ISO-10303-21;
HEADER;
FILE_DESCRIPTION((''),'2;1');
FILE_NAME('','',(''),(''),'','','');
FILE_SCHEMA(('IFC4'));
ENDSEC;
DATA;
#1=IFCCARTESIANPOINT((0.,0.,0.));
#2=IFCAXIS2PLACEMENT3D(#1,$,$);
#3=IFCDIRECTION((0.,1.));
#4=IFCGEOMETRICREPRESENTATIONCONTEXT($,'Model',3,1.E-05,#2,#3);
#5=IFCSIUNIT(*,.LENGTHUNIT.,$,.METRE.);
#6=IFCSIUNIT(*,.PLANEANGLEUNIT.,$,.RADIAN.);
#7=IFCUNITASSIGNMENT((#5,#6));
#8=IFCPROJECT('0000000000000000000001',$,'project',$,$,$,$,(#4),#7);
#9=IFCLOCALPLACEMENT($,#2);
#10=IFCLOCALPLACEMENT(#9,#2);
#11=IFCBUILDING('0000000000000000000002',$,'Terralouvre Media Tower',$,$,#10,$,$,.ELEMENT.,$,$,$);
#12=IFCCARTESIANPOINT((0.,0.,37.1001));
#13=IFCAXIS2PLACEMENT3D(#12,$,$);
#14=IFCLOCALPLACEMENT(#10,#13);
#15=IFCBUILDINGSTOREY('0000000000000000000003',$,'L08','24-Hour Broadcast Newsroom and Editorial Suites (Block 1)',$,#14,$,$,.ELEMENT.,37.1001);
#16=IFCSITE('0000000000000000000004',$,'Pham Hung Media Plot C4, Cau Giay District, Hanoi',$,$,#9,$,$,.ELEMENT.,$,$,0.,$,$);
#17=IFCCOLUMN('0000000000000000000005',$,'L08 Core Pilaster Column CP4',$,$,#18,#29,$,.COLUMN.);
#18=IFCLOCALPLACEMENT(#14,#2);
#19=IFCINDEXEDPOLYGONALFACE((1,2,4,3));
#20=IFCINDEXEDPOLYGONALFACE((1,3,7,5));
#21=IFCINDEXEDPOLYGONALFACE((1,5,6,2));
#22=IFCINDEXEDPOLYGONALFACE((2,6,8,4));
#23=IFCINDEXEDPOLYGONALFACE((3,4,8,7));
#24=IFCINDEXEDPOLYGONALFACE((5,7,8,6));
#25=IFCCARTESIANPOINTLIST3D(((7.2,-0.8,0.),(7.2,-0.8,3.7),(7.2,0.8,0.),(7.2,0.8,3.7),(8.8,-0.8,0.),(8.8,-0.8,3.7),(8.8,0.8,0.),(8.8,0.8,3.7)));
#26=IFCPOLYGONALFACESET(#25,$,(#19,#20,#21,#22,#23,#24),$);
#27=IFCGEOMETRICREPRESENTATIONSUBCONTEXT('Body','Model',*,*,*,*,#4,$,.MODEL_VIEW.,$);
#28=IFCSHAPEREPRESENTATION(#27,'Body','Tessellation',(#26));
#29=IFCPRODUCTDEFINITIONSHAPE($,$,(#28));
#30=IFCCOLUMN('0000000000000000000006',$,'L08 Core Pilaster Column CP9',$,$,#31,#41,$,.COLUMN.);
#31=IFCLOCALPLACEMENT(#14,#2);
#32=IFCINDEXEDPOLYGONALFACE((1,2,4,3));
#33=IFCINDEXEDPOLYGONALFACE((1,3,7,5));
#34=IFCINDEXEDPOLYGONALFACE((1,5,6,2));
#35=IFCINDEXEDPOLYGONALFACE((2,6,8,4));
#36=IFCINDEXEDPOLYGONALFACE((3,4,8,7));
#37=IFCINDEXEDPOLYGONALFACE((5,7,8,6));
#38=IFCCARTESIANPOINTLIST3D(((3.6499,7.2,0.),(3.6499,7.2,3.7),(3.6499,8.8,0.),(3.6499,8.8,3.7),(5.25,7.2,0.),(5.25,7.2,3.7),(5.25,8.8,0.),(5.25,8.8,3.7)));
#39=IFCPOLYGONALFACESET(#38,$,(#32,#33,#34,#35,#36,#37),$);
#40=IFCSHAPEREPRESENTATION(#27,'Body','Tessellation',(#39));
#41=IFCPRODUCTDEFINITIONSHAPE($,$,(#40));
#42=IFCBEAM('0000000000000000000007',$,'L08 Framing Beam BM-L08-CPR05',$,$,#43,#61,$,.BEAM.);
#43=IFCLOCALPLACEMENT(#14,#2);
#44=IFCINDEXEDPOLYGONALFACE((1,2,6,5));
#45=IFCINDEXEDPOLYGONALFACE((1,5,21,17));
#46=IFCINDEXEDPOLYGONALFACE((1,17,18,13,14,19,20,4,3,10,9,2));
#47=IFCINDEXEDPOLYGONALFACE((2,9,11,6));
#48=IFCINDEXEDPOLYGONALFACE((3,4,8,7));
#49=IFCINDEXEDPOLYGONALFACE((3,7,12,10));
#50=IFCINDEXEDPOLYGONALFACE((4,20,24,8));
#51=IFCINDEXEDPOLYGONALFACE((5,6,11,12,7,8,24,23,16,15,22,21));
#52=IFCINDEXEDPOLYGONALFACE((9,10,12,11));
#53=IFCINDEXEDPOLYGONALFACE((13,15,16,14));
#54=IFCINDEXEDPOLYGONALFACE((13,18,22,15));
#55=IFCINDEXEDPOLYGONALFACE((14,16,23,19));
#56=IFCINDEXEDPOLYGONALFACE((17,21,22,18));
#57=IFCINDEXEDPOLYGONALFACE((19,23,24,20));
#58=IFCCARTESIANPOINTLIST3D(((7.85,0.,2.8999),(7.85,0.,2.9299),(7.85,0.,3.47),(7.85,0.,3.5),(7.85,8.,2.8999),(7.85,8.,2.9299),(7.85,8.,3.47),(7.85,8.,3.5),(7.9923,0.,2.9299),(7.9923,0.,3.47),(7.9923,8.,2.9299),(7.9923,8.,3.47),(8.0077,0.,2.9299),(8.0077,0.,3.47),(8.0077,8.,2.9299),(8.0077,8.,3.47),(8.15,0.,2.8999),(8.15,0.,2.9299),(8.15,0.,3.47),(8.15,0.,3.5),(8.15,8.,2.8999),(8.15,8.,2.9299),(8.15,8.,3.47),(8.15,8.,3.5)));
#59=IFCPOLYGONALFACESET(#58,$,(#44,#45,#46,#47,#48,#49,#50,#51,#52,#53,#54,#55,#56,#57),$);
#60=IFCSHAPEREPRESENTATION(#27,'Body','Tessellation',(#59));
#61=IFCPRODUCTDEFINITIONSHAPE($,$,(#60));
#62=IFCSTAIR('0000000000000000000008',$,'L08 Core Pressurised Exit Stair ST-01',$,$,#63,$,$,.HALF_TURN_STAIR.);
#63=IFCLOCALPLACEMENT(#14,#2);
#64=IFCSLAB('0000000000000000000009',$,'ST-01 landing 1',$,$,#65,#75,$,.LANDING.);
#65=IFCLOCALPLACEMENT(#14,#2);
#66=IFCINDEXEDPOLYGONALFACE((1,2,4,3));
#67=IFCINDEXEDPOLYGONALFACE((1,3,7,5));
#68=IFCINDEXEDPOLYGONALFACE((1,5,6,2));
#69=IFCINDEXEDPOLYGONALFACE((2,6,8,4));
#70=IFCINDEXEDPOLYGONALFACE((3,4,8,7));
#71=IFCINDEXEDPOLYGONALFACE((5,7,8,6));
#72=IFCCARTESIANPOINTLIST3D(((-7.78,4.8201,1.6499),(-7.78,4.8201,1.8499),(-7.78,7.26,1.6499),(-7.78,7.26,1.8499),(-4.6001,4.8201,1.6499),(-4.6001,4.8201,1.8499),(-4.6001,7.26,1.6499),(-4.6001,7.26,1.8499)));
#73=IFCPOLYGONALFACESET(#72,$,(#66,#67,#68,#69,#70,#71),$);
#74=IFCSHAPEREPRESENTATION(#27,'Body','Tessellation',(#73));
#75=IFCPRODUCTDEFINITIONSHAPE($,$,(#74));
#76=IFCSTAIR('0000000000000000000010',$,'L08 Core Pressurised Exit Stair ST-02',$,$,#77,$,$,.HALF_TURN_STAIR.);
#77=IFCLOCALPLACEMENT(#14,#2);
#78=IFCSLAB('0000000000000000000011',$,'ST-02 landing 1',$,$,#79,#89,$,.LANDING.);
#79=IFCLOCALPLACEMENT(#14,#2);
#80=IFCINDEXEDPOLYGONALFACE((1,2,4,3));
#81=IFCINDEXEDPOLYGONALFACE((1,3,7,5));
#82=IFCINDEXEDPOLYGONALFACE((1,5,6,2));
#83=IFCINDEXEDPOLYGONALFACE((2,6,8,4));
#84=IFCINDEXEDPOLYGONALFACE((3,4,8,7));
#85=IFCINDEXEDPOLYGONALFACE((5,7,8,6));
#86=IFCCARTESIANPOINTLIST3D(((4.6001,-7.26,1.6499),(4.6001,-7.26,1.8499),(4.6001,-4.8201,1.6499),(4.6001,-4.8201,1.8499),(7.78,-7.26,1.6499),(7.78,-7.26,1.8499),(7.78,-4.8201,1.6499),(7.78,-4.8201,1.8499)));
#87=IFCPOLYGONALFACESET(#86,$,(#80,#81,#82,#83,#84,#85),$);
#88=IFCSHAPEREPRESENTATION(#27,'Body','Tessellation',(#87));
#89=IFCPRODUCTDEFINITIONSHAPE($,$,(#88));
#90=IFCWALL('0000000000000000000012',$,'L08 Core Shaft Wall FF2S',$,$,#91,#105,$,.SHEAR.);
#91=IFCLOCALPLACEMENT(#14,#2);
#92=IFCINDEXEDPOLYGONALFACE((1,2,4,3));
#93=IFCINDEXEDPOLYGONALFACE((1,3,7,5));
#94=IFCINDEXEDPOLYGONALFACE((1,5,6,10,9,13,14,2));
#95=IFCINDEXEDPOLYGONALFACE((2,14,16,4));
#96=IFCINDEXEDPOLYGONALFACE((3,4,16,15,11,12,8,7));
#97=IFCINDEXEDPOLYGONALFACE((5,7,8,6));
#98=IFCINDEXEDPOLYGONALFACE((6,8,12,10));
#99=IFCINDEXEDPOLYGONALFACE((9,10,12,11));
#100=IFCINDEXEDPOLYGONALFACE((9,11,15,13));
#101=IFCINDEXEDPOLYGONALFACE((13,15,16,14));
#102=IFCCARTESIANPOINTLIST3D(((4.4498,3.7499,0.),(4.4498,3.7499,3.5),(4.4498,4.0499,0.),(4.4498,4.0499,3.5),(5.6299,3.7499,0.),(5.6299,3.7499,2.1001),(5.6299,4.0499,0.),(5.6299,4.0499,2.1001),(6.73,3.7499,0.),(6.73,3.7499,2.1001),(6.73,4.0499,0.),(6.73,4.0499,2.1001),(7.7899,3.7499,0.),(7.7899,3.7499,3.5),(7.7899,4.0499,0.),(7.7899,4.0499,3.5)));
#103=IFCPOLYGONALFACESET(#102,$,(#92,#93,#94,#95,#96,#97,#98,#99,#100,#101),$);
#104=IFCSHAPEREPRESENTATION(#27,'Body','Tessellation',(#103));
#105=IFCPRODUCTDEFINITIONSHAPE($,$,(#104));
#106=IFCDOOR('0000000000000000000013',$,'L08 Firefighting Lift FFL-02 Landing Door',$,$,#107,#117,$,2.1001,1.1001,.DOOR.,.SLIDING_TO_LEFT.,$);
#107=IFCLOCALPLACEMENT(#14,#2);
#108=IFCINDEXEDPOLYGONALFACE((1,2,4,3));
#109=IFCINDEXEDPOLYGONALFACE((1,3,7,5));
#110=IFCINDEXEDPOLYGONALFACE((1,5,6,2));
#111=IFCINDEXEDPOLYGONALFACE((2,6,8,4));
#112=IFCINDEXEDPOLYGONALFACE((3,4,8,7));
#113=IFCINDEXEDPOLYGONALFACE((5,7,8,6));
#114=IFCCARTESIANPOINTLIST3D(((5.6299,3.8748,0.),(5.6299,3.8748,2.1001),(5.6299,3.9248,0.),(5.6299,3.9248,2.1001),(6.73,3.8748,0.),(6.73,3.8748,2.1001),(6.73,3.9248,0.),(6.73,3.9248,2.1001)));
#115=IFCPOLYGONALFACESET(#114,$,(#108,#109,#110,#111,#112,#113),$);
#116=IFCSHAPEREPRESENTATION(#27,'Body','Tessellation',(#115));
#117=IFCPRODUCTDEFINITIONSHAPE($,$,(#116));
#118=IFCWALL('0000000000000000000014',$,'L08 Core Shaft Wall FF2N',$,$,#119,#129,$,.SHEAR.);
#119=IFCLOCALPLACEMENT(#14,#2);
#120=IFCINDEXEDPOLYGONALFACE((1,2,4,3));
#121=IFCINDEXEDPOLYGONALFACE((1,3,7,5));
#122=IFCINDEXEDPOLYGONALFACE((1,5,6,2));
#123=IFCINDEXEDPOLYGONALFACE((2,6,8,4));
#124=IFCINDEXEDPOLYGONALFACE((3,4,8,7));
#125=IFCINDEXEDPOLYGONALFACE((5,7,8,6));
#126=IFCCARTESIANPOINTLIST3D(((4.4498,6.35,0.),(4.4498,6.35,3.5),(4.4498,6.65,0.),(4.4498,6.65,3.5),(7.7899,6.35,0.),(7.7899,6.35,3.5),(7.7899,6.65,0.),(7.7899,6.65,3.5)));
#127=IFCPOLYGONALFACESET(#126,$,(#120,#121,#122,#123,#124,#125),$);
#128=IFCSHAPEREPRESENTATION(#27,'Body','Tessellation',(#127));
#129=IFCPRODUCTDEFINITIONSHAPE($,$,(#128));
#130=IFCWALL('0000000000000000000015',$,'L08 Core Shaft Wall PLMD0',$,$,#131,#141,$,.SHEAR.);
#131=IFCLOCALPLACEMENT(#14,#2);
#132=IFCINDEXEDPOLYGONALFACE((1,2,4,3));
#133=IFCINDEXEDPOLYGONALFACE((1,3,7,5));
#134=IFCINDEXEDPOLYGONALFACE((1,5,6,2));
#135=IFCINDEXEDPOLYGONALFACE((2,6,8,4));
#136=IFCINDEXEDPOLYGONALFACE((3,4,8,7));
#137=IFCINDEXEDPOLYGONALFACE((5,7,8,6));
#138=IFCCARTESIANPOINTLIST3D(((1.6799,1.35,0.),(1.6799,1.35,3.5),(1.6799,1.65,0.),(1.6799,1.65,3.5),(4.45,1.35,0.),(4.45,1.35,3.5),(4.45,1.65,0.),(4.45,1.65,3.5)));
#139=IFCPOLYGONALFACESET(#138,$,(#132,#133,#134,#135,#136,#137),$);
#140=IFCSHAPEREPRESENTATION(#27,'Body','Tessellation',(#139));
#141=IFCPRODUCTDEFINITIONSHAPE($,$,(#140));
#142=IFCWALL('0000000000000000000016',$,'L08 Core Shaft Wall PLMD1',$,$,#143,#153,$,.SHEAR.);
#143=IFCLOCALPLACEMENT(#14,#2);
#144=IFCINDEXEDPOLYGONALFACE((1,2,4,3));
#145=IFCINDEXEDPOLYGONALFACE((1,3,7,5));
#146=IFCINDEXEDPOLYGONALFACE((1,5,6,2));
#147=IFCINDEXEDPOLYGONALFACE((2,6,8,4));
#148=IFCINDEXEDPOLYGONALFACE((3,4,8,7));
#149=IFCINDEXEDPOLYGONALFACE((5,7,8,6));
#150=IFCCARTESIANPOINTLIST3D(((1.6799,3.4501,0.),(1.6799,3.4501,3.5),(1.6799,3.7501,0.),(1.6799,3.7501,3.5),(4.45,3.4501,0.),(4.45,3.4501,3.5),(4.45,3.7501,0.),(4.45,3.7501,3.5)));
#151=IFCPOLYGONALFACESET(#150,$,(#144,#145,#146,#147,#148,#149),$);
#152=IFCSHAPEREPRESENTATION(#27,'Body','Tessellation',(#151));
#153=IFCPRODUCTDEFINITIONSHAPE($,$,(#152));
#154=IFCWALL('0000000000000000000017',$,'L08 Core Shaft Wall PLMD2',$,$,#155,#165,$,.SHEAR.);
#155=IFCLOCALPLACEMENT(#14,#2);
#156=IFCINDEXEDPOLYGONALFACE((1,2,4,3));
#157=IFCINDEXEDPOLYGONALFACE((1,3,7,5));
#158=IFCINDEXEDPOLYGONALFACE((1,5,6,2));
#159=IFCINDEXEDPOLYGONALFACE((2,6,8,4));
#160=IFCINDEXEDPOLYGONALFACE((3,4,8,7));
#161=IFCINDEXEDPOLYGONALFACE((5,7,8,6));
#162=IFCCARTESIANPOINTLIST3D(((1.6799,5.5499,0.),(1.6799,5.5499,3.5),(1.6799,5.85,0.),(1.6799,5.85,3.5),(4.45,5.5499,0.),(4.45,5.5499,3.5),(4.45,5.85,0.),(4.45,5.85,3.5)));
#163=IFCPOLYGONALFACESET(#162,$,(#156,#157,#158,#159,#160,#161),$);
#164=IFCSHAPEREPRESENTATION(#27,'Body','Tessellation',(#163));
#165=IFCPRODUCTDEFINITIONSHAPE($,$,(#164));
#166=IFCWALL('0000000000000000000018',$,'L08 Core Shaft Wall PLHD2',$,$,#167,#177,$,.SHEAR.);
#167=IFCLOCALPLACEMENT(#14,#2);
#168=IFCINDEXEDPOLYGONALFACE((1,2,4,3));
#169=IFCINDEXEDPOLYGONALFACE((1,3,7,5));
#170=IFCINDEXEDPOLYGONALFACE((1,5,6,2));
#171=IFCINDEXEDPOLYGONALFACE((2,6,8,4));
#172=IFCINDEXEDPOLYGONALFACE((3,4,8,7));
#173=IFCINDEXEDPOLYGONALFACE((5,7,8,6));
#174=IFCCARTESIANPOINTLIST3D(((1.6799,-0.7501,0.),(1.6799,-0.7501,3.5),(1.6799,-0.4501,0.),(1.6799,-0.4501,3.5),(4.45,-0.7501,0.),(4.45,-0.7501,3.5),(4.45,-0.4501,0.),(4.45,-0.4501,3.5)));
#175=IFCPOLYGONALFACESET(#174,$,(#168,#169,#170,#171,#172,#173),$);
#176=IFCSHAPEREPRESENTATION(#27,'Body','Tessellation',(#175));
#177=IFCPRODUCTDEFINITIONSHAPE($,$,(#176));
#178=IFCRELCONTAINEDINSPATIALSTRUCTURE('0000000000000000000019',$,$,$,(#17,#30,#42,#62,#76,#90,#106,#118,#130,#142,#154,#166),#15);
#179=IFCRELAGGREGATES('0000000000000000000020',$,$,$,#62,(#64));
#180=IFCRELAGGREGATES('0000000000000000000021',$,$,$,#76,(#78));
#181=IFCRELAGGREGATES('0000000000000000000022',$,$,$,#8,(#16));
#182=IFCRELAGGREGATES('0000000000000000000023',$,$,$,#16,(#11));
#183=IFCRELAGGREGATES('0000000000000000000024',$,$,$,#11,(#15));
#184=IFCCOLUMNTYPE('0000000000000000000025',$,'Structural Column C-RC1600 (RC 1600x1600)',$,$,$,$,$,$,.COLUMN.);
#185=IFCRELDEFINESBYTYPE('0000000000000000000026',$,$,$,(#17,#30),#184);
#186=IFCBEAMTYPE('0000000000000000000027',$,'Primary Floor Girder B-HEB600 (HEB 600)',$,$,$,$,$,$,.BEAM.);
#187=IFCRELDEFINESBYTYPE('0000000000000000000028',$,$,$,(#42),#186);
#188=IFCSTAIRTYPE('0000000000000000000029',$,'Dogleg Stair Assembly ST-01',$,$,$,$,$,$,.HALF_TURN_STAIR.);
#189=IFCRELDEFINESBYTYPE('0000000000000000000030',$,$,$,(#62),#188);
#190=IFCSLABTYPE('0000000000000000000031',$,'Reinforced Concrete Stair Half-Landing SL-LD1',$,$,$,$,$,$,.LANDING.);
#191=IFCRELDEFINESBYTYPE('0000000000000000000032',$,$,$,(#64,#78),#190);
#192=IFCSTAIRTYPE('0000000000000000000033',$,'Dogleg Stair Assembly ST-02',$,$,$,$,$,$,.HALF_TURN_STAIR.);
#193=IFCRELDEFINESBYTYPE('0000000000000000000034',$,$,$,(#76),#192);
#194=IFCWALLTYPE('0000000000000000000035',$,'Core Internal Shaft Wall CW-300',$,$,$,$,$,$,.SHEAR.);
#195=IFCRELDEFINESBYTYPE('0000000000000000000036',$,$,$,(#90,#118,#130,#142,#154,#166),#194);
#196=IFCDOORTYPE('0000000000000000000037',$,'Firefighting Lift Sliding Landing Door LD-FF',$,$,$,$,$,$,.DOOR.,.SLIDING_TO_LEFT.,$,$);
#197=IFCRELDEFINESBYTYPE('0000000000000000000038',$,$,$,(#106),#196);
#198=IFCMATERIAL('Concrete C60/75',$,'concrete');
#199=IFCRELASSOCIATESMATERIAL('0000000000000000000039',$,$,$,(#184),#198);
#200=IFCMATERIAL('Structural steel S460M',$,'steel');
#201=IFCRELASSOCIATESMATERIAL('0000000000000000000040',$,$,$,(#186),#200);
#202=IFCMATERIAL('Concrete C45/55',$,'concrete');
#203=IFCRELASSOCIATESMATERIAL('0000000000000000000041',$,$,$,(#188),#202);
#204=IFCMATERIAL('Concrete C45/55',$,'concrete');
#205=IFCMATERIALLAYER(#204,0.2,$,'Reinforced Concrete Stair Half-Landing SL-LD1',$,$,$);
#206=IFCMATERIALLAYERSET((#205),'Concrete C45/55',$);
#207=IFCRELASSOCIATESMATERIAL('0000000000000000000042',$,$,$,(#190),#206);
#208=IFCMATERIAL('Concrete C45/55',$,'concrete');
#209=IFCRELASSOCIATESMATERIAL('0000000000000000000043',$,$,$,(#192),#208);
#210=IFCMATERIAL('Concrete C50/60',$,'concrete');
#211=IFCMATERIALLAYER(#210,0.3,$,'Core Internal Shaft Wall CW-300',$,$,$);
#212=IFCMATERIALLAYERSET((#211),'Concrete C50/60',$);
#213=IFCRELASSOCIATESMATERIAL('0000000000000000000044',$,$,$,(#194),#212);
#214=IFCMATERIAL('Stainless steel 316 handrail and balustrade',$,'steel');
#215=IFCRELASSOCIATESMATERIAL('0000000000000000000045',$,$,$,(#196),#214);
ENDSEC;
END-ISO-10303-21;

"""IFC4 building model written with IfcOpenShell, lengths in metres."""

from ifc_helpers import new_model, si_unit, direction, frame, frame_2d, origin, origin_2d, place, context, subcontext, project, spatial, polyline, rectangle, i_section, outline, extrude, material, layer, layer_set, material_profile, profile_set, type_object, element, fill, aggregate, save


model = new_model("IFC4")

# Units and contexts
model_context = context("Model", 3, precision=1e-05, world=origin(), true_north=direction((0.0, 1.0)))
body_context = subcontext(model_context, "Body", "Model", "MODEL_VIEW")
ifc_project = project(units=[si_unit("LENGTHUNIT", "METRE"), si_unit("PLANEANGLEUNIT", "RADIAN")], contexts=[model_context])

# Site, building, storey
site_placement = place(None, origin())
site = spatial("IfcSite", under=ifc_project, at=site_placement, Name="Pham Hung Media Plot C4, Cau Giay District, Hanoi", CompositionType="ELEMENT", RefElevation=0.0)
building_placement = place(site_placement, origin())
building = spatial("IfcBuilding", under=site, at=building_placement, Name="Terralouvre Media Tower", CompositionType="ELEMENT")
storey_placement = place(building_placement, frame((0.0, 0.0, 37.1001)))
storey = spatial("IfcBuildingStorey", under=building, at=storey_placement, Name="L08", Description="24-Hour Broadcast Newsroom and Editorial Suites (Block 1)", CompositionType="ELEMENT", Elevation=37.1001)

# Columns
ifc_material_1 = material(Name="Concrete C60/75", Category="concrete")
ifc_material_profile_1 = material_profile(ifc_material_1, rectangle(XDim=1.6001, YDim=1.6001, at=origin_2d()), Name="RC 1600x1600")
ifc_profile_set_1 = profile_set([ifc_material_profile_1], Name="Concrete C60/75")
column_type = type_object("IfcColumnType", Name="Structural Column C-RC1600 (RC 1600x1600)", PredefinedType="COLUMN", material=ifc_profile_set_1)
for number, where, z_axis, x_axis, name in (
    (1, (8.0, 0.0, 0.0), (0.0, 0.0, 1.0), (1.0, 0.0, 0.0), "L08 Core Pilaster Column CP4"),
    (2, (4.45, 8.0, 0.0), (0.0, 0.0, 1.0), (1.0, 0.0, 0.0), "L08 Core Pilaster Column CP9"),
):
    element("IfcColumn", number, at=place(storey_placement, frame(where, z_axis=z_axis, x_axis=x_axis)), inside=storey, type_object=column_type, Name=name, PredefinedType="COLUMN", context=body_context, shape_type="SweptSolid", body=[
        extrude(rectangle(XDim=1.6001, YDim=1.6001, at=origin_2d()), origin(), (0.0, 0.0, 1.0), 3.7),
    ])

# Beam
ifc_material_2 = material(Name="Structural steel S460M", Category="steel")
ifc_material_profile_2 = material_profile(ifc_material_2, i_section(OverallWidth=0.3, OverallDepth=0.6001, WebThickness=0.0154, FlangeThickness=0.03, at=origin_2d()), Name="HEB 600")
ifc_profile_set_2 = profile_set([ifc_material_profile_2], Name="Structural steel S460M")
beam_type = type_object("IfcBeamType", Name="Primary Floor Girder B-HEB600 (HEB 600)", PredefinedType="BEAM", material=ifc_profile_set_2)
beam_placement = place(storey_placement, frame((8.0, 0.0, 3.2), z_axis=(0.0, 1.0, 0.0), x_axis=(-1.0, 0.0, 0.0)))
element("IfcBeam", 3, at=beam_placement, inside=storey, type_object=beam_type, Name="L08 Framing Beam BM-L08-CPR05", PredefinedType="BEAM", context=body_context, shape_type="SweptSolid", body=[
    extrude(i_section(OverallWidth=0.3, OverallDepth=0.6001, WebThickness=0.0154, FlangeThickness=0.03, at=origin_2d()), origin(), (0.0, 0.0, 1.0), 8.0),
])

# Stairs, slabs
ifc_material_3 = material(Name="Concrete C45/55", Category="concrete")
stair_type_1 = type_object("IfcStairType", Name="Dogleg Stair Assembly ST-01", PredefinedType="HALF_TURN_STAIR", material=ifc_material_3)
stair_1_placement = place(storey_placement, origin())
stair_1 = element("IfcStair", 4, at=stair_1_placement, inside=storey, type_object=stair_type_1, Name="L08 Core Pressurised Exit Stair ST-01", PredefinedType="HALF_TURN_STAIR")
ifc_material_4 = material(Name="Concrete C45/55", Category="concrete")
ifc_layer_1 = layer(ifc_material_4, 0.2, Name="Reinforced Concrete Stair Half-Landing SL-LD1")
ifc_layer_set_1 = layer_set([ifc_layer_1], Name="Concrete C45/55")
slab_type = type_object("IfcSlabType", Name="Reinforced Concrete Stair Half-Landing SL-LD1", PredefinedType="LANDING", material=ifc_layer_set_1)
slab_1_placement = place(storey_placement, frame((0.0, 0.0, 1.6499)))
slab_1 = element("IfcSlab", 5, at=slab_1_placement, type_object=slab_type, Name="ST-01 landing 1", PredefinedType="LANDING", context=body_context, shape_type="SweptSolid", body=[
    extrude(outline(polyline([(-4.6001, 4.8201), (-4.6001, 7.26), (-7.78, 7.26), (-7.78, 4.8201), (-4.6001, 4.8201)])), origin(), (0.0, 0.0, 1.0), 0.2),
])
aggregate(stair_1, [slab_1])
ifc_material_5 = material(Name="Concrete C45/55", Category="concrete")
stair_type_2 = type_object("IfcStairType", Name="Dogleg Stair Assembly ST-02", PredefinedType="HALF_TURN_STAIR", material=ifc_material_5)
stair_2_placement = place(storey_placement, origin())
stair_2 = element("IfcStair", 6, at=stair_2_placement, inside=storey, type_object=stair_type_2, Name="L08 Core Pressurised Exit Stair ST-02", PredefinedType="HALF_TURN_STAIR")
slab_2_placement = place(storey_placement, frame((0.0, 0.0, 1.6499)))
slab_2 = element("IfcSlab", 7, at=slab_2_placement, type_object=slab_type, Name="ST-02 landing 1", PredefinedType="LANDING", context=body_context, shape_type="SweptSolid", body=[
    extrude(outline(polyline([(4.6001, -4.8201), (4.6001, -7.26), (7.78, -7.26), (7.78, -4.8201), (4.6001, -4.8201)])), origin(), (0.0, 0.0, 1.0), 0.2),
])
aggregate(stair_2, [slab_2])

# Wall, opening, door
ifc_material_6 = material(Name="Concrete C50/60", Category="concrete")
ifc_layer_2 = layer(ifc_material_6, 0.3, Name="Core Internal Shaft Wall CW-300")
ifc_layer_set_2 = layer_set([ifc_layer_2], Name="Concrete C50/60")
wall_type = type_object("IfcWallType", Name="Core Internal Shaft Wall CW-300", PredefinedType="SHEAR", material=ifc_layer_set_2)
wall_1_placement = place(storey_placement, frame((4.45, 3.8999, 0.0), z_axis=(0.0, 0.0, 1.0), x_axis=(1.0, 0.0, 0.0)))
wall_1 = element("IfcWall", 8, at=wall_1_placement, inside=storey, type_object=wall_type, Name="L08 Core Shaft Wall FF2S", PredefinedType="SHEAR", context=body_context, shape_type="SweptSolid", body=[
    extrude(rectangle(XDim=3.3401, YDim=0.3, at=frame_2d((1.6699, 0.0))), origin(), (0.0, 0.0, 1.0), 3.5),
])
opening_1_placement = place(wall_1_placement, frame((1.1799, 0.0, 0.0)))
opening_1 = element("IfcOpeningElement", 9, at=opening_1_placement, cuts=wall_1, PredefinedType="OPENING", context=body_context, shape_type="SweptSolid", body=[
    extrude(rectangle(XDim=1.1001, YDim=2.1001, at=frame_2d((0.55, 1.05))), frame((0.0, 0.1599, 0.0), z_axis=(0.0, -1.0, 0.0), x_axis=(1.0, 0.0, 0.0)), (0.0, 0.0, 1.0), 0.3201),
])
ifc_material_7 = material(Name="Stainless steel 316 handrail and balustrade", Category="steel")
door_type_1 = type_object("IfcDoorType", Name="Firefighting Lift Sliding Landing Door LD-FF", OperationType="SLIDING_TO_LEFT", PredefinedType="DOOR", material=ifc_material_7)
door_1_placement = place(opening_1_placement, origin())
door_1 = element("IfcDoor", 10, at=door_1_placement, inside=storey, type_object=door_type_1, Name="L08 Firefighting Lift FFL-02 Landing Door", OperationType="SLIDING_TO_LEFT", OverallHeight=2.1001, OverallWidth=1.1001, PredefinedType="DOOR", context=body_context, shape_type="SweptSolid", body=[
    extrude(rectangle(XDim=1.1001, YDim=2.1001, at=frame_2d((0.55, 1.05))), frame((0.0, 0.0249, 0.0), z_axis=(0.0, -1.0, 0.0), x_axis=(1.0, 0.0, 0.0)), (0.0, 0.0, 1.0), 0.05),
])
fill(opening_1, door_1)

# Walls
wall_2_placement = place(storey_placement, frame((4.45, 6.5, 0.0), z_axis=(0.0, 0.0, 1.0), x_axis=(1.0, 0.0, 0.0)))
element("IfcWall", 11, at=wall_2_placement, inside=storey, type_object=wall_type, Name="L08 Core Shaft Wall FF2N", PredefinedType="SHEAR", context=body_context, shape_type="SweptSolid", body=[
    extrude(rectangle(XDim=3.3401, YDim=0.3, at=frame_2d((1.6699, 0.0))), origin(), (0.0, 0.0, 1.0), 3.5),
])
for number, where, z_axis, x_axis, name in (
    (12, (1.6799, 1.5, 0.0), (0.0, 0.0, 1.0), (1.0, 0.0, 0.0), "L08 Core Shaft Wall PLMD0"),
    (13, (1.6799, 3.6001, 0.0), (0.0, 0.0, 1.0), (1.0, 0.0, 0.0), "L08 Core Shaft Wall PLMD1"),
    (14, (1.6799, 5.7, 0.0), (0.0, 0.0, 1.0), (1.0, 0.0, 0.0), "L08 Core Shaft Wall PLMD2"),
    (15, (1.6799, -0.6001, 0.0), (0.0, 0.0, 1.0), (1.0, 0.0, 0.0), "L08 Core Shaft Wall PLHD2"),
):
    element("IfcWall", number, at=place(storey_placement, frame(where, z_axis=z_axis, x_axis=x_axis)), inside=storey, type_object=wall_type, Name=name, PredefinedType="SHEAR", context=body_context, shape_type="SweptSolid", body=[
        extrude(rectangle(XDim=2.77, YDim=0.3, at=frame_2d((1.385, 0.0))), origin(), (0.0, 0.0, 1.0), 3.5),
    ])

save(model, "model.ifc")
